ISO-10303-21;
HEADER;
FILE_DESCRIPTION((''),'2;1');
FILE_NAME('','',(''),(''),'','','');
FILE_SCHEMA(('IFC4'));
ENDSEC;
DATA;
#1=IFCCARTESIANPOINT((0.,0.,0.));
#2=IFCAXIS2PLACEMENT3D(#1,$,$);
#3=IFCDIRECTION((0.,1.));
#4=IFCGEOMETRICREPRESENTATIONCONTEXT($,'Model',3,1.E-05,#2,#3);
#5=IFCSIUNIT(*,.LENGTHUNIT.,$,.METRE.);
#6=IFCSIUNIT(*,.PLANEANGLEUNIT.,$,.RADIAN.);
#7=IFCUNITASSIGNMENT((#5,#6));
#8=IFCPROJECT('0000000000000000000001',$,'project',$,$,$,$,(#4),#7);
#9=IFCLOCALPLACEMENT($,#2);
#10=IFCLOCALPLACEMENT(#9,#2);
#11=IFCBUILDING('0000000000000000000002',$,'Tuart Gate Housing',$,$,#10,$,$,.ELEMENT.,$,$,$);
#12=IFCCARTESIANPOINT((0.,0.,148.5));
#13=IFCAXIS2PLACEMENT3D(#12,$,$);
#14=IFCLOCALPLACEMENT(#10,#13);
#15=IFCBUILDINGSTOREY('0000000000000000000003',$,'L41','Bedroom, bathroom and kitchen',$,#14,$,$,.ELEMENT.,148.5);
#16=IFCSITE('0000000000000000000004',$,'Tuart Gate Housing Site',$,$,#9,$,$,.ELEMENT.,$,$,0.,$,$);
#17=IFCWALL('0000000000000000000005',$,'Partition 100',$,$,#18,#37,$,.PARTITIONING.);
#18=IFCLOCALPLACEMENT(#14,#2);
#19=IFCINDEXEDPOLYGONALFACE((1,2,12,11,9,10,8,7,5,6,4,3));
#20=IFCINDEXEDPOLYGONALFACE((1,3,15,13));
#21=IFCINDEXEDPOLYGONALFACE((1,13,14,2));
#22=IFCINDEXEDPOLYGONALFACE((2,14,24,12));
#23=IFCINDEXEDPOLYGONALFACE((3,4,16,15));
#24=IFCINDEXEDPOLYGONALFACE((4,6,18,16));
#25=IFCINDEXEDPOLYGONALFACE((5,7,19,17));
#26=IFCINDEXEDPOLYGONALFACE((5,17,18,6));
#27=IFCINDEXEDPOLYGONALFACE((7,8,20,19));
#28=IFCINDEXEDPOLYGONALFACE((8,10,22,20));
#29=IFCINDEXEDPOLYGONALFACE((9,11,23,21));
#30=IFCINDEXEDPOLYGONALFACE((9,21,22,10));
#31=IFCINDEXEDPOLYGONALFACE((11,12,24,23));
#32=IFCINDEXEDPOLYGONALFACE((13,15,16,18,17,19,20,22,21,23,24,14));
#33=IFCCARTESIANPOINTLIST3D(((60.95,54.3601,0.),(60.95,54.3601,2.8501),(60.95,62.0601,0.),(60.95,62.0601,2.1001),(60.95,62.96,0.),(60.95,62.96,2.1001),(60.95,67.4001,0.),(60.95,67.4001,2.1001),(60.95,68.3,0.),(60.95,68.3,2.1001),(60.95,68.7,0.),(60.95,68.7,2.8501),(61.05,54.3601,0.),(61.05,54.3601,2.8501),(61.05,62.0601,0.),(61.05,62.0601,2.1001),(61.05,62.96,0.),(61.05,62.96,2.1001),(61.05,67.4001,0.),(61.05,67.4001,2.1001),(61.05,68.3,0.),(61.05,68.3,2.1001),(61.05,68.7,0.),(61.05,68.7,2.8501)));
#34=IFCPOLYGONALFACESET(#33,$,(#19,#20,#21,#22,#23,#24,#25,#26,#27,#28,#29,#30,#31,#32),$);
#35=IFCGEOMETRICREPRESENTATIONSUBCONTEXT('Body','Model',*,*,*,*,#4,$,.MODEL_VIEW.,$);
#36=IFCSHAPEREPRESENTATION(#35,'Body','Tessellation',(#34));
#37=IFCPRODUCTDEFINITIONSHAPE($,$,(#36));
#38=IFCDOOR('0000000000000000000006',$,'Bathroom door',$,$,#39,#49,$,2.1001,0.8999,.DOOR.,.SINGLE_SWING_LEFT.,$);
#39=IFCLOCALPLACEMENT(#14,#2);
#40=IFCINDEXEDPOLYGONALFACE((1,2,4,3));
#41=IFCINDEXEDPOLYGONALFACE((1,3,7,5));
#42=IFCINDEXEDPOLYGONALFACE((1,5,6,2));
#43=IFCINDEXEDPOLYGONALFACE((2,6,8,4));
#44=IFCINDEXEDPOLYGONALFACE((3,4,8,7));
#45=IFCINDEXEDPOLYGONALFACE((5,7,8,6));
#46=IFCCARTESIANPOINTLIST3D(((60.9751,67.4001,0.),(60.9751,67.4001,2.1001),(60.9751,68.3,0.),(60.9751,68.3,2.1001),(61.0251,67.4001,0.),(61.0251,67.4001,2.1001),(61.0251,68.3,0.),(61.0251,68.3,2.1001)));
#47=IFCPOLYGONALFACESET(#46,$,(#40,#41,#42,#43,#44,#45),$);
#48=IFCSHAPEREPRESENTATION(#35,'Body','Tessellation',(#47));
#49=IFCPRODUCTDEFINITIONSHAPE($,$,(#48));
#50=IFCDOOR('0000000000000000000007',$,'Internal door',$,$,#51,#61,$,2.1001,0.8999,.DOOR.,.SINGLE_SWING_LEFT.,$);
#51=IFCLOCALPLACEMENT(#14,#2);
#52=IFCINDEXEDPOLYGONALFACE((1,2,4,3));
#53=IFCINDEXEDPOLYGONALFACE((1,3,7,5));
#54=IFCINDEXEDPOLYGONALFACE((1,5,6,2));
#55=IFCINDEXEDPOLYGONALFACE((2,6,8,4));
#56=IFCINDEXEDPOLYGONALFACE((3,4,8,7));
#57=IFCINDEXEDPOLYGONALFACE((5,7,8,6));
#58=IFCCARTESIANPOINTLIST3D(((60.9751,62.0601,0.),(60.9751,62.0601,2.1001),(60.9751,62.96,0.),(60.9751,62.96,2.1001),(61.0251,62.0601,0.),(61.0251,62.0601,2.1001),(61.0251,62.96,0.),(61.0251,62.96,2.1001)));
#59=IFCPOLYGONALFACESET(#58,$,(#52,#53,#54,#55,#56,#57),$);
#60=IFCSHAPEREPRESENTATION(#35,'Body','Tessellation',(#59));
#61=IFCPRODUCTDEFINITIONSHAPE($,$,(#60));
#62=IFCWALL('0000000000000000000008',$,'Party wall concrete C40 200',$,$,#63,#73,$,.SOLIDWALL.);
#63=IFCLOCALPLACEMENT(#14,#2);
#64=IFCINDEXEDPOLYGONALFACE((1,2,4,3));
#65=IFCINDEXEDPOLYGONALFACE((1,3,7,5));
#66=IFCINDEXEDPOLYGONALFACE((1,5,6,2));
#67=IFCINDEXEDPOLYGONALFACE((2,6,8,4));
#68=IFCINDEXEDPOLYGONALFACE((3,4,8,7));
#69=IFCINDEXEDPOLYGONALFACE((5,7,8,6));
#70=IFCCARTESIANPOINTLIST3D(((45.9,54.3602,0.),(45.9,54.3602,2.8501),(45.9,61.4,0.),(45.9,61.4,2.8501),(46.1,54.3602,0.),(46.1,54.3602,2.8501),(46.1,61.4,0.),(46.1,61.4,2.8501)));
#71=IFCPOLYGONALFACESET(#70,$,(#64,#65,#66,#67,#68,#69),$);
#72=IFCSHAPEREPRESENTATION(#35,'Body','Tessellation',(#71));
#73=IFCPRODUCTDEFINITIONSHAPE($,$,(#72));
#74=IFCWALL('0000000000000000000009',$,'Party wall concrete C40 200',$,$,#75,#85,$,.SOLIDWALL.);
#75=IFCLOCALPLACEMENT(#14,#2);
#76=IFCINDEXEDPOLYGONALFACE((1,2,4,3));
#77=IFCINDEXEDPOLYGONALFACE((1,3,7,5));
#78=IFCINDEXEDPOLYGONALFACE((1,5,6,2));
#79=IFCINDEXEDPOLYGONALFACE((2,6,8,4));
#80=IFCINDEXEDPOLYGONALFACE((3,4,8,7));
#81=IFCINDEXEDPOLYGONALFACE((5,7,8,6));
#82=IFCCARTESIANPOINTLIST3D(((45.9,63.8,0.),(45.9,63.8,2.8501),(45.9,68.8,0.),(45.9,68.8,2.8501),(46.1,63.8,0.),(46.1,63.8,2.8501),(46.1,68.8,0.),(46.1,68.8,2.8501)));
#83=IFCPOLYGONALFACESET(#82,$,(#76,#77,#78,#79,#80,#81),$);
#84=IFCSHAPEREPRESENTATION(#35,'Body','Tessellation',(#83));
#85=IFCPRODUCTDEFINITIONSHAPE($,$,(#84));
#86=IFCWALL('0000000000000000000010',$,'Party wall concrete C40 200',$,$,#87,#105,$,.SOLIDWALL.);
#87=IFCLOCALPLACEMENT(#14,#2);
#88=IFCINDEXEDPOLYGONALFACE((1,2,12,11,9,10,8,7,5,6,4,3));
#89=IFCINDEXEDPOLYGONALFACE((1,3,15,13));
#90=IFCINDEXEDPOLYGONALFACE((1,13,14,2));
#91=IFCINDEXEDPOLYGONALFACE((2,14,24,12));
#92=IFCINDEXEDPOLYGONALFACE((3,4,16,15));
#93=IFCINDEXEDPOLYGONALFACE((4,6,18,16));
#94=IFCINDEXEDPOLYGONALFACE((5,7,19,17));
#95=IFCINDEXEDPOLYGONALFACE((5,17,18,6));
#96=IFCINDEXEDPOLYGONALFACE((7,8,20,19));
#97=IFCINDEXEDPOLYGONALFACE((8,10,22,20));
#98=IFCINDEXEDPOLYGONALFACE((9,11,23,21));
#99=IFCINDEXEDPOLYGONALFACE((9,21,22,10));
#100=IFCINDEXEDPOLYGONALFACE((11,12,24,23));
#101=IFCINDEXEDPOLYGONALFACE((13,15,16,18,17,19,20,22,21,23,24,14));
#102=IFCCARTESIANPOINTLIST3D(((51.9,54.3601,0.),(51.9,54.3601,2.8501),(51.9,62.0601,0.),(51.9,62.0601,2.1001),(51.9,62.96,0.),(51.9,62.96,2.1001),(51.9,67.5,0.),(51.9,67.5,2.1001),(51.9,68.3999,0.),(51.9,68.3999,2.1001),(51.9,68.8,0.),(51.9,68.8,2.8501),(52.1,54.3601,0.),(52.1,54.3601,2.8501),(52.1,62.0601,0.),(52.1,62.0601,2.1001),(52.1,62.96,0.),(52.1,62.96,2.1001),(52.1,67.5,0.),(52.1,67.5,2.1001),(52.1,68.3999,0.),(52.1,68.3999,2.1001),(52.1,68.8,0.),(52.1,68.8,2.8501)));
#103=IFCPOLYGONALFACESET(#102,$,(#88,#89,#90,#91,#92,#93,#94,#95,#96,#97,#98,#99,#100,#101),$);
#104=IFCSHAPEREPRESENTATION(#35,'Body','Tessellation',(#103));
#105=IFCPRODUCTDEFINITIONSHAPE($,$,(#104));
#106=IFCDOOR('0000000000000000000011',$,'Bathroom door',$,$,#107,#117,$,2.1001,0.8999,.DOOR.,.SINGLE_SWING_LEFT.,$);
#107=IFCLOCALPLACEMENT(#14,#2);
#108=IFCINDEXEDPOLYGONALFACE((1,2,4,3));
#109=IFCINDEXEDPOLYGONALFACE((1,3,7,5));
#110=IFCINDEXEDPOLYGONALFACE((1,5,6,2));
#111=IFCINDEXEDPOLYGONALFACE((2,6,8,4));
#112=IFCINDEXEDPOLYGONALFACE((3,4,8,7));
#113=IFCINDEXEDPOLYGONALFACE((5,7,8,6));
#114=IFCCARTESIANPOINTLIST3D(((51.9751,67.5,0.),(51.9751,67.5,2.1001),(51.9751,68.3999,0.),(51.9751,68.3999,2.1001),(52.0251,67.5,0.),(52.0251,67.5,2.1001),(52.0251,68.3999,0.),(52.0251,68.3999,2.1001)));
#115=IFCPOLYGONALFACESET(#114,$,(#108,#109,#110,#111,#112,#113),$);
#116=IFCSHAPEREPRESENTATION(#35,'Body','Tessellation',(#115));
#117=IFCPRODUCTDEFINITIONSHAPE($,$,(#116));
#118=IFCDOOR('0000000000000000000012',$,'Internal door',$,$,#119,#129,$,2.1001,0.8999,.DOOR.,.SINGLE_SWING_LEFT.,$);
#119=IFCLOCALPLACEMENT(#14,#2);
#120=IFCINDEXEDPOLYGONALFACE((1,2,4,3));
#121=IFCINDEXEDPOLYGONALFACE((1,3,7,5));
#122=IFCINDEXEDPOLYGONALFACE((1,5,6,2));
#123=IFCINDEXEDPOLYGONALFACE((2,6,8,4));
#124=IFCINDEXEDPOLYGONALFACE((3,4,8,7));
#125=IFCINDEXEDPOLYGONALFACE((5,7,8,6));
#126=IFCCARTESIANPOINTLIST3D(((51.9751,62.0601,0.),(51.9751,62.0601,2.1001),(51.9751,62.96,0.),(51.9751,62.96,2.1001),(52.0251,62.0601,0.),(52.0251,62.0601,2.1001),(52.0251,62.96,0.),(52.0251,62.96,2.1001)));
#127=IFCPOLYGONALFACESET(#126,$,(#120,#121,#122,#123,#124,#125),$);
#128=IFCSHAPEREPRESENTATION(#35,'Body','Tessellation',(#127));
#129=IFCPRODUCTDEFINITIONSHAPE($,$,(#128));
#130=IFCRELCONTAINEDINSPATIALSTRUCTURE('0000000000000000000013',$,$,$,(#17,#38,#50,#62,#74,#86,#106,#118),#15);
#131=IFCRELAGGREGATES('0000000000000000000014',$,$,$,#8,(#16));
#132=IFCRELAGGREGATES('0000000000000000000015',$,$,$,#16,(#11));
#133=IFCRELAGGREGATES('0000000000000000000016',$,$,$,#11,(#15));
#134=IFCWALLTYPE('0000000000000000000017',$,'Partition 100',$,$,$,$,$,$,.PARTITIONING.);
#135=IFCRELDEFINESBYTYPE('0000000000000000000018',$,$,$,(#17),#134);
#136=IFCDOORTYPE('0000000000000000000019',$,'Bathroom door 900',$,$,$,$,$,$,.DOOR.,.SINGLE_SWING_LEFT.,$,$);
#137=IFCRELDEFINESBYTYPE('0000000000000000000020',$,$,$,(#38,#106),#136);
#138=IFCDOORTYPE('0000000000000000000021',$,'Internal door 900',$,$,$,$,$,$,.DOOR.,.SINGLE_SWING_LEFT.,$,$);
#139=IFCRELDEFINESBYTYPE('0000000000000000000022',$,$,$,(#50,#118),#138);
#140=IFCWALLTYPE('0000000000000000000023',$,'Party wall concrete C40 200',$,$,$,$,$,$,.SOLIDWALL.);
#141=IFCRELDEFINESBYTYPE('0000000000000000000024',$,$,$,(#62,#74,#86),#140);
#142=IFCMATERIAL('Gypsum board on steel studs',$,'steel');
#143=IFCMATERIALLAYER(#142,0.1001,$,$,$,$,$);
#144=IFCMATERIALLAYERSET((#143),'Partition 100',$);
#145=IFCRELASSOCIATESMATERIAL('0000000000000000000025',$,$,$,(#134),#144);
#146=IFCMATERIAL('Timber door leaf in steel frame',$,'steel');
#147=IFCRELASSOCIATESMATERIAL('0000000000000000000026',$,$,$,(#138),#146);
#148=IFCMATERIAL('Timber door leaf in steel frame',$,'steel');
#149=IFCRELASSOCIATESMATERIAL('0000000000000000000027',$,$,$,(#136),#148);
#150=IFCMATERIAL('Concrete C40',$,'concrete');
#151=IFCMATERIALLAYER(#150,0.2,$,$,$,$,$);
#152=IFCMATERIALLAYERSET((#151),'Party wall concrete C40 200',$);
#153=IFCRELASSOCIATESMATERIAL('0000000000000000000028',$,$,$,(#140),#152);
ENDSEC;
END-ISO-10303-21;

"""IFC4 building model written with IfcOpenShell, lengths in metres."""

from ifc_helpers import new_model, si_unit, direction, frame, frame_2d, origin, place, context, subcontext, project, spatial, rectangle, extrude, material, layer, layer_set, type_object, element, fill, save


model = new_model("IFC4")

# Units and contexts
model_context = context("Model", 3, precision=1e-05, world=origin(), true_north=direction((0.0, 1.0)))
body_context = subcontext(model_context, "Body", "Model", "MODEL_VIEW")
ifc_project = project(units=[si_unit("LENGTHUNIT", "METRE"), si_unit("PLANEANGLEUNIT", "RADIAN")], contexts=[model_context])

# Site, building, storey
site_placement = place(None, origin())
site = spatial("IfcSite", under=ifc_project, at=site_placement, Name="Tuart Gate Housing Site", CompositionType="ELEMENT", RefElevation=0.0)
building_placement = place(site_placement, origin())
building = spatial("IfcBuilding", under=site, at=building_placement, Name="Tuart Gate Housing", CompositionType="ELEMENT")
storey_placement = place(building_placement, frame((0.0, 0.0, 148.5)))
storey = spatial("IfcBuildingStorey", under=building, at=storey_placement, Name="L41", Description="Bedroom, bathroom and kitchen", CompositionType="ELEMENT", Elevation=148.5)

# Shared definitions
ifc_material_1 = material(Name="Gypsum board on steel studs", Category="steel")
ifc_layer_1 = layer(ifc_material_1, 0.1001)
ifc_layer_set_1 = layer_set([ifc_layer_1], Name="Partition 100")
wall_type_1 = type_object("IfcWallType", Name="Partition 100", PredefinedType="PARTITIONING", material=ifc_layer_set_1)
ifc_material_2 = material(Name="Timber door leaf in steel frame", Category="steel")
door_type_1 = type_object("IfcDoorType", Name="Internal door 900", OperationType="SINGLE_SWING_LEFT", PredefinedType="DOOR", material=ifc_material_2)

# Wall, openings, doors
wall_1_placement = place(storey_placement, frame((61.0, 54.3601, 0.0), z_axis=(0.0, 0.0, 1.0), x_axis=(0.0, 1.0, 0.0)))
wall_1 = element("IfcWall", 1, at=wall_1_placement, inside=storey, type_object=wall_type_1, Name="Partition 100", PredefinedType="PARTITIONING", context=body_context, shape_type="SweptSolid", body=[
    extrude(rectangle(XDim=14.3398, YDim=0.1001, at=frame_2d((7.1699, 0.0))), origin(), (0.0, 0.0, 1.0), 2.8501),
])
opening_1_placement = place(wall_1_placement, frame((7.7, 0.0, 0.0)))
opening_1 = element("IfcOpeningElement", 2, at=opening_1_placement, cuts=wall_1, PredefinedType="OPENING", context=body_context, shape_type="SweptSolid", body=[
    extrude(rectangle(XDim=0.8999, YDim=2.1001, at=frame_2d((0.45, 1.05))), frame((0.0, 0.0601, 0.0), z_axis=(0.0, -1.0, 0.0), x_axis=(1.0, 0.0, 0.0)), (0.0, 0.0, 1.0), 0.1201),
])
opening_2_placement = place(wall_1_placement, frame((13.04, 0.0, 0.0)))
opening_2 = element("IfcOpeningElement", 3, at=opening_2_placement, cuts=wall_1, PredefinedType="OPENING", context=body_context, shape_type="SweptSolid", body=[
    extrude(rectangle(XDim=0.8999, YDim=2.1001, at=frame_2d((0.45, 1.05))), frame((0.0, 0.0601, 0.0), z_axis=(0.0, -1.0, 0.0), x_axis=(1.0, 0.0, 0.0)), (0.0, 0.0, 1.0), 0.1201),
])
ifc_material_3 = material(Name="Timber door leaf in steel frame", Category="steel")
door_type_2 = type_object("IfcDoorType", Name="Bathroom door 900", OperationType="SINGLE_SWING_LEFT", PredefinedType="DOOR", material=ifc_material_3)
door_1_placement = place(opening_2_placement, frame((0.8999, 0.0, 0.0), z_axis=(0.0, 0.0, 1.0), x_axis=(-1.0, 0.0, 0.0)))
door_1 = element("IfcDoor", 4, at=door_1_placement, inside=storey, type_object=door_type_2, Name="Bathroom door", OperationType="SINGLE_SWING_LEFT", OverallHeight=2.1001, OverallWidth=0.8999, PredefinedType="DOOR", context=body_context, shape_type="SweptSolid", body=[
    extrude(rectangle(XDim=0.8999, YDim=2.1001, at=frame_2d((0.45, 1.05))), frame((0.0, 0.0251, 0.0), z_axis=(0.0, -1.0, 0.0), x_axis=(1.0, 0.0, 0.0)), (0.0, 0.0, 1.0), 0.05),
])
fill(opening_2, door_1)
door_2_placement = place(opening_1_placement, frame((0.8999, 0.0, 0.0), z_axis=(0.0, 0.0, 1.0), x_axis=(-1.0, 0.0, 0.0)))
door_2 = element("IfcDoor", 5, at=door_2_placement, inside=storey, type_object=door_type_1, Name="Internal door", OperationType="SINGLE_SWING_LEFT", OverallHeight=2.1001, OverallWidth=0.8999, PredefinedType="DOOR", context=body_context, shape_type="SweptSolid", body=[
    extrude(rectangle(XDim=0.8999, YDim=2.1001, at=frame_2d((0.45, 1.05))), frame((0.0, 0.0251, 0.0), z_axis=(0.0, -1.0, 0.0), x_axis=(1.0, 0.0, 0.0)), (0.0, 0.0, 1.0), 0.05),
])
fill(opening_1, door_2)

# Walls
ifc_material_4 = material(Name="Concrete C40", Category="concrete")
ifc_layer_2 = layer(ifc_material_4, 0.2)
ifc_layer_set_2 = layer_set([ifc_layer_2], Name="Party wall concrete C40 200")
wall_type_2 = type_object("IfcWallType", Name="Party wall concrete C40 200", PredefinedType="SOLIDWALL", material=ifc_layer_set_2)
wall_2_placement = place(storey_placement, frame((46.0, 54.3601, 0.0), z_axis=(0.0, 0.0, 1.0), x_axis=(0.0, 1.0, 0.0)))
element("IfcWall", 6, at=wall_2_placement, inside=storey, type_object=wall_type_2, Name="Party wall concrete C40 200", PredefinedType="SOLIDWALL", context=body_context, shape_type="SweptSolid", body=[
    extrude(rectangle(XDim=7.0398, YDim=0.2, at=frame_2d((3.52, 0.0))), origin(), (0.0, 0.0, 1.0), 2.8501),
])
wall_3_placement = place(storey_placement, frame((46.0, 63.8, 0.0), z_axis=(0.0, 0.0, 1.0), x_axis=(0.0, 1.0, 0.0)))
element("IfcWall", 7, at=wall_3_placement, inside=storey, type_object=wall_type_2, Name="Party wall concrete C40 200", PredefinedType="SOLIDWALL", context=body_context, shape_type="SweptSolid", body=[
    extrude(rectangle(XDim=5.0, YDim=0.2, at=frame_2d((2.5, 0.0))), origin(), (0.0, 0.0, 1.0), 2.8501),
])

# Wall, openings, doors
wall_4_placement = place(storey_placement, frame((52.0, 54.3601, 0.0), z_axis=(0.0, 0.0, 1.0), x_axis=(0.0, 1.0, 0.0)))
wall_4 = element("IfcWall", 8, at=wall_4_placement, inside=storey, type_object=wall_type_2, Name="Party wall concrete C40 200", PredefinedType="SOLIDWALL", context=body_context, shape_type="SweptSolid", body=[
    extrude(rectangle(XDim=14.4399, YDim=0.2, at=frame_2d((7.22, 0.0))), origin(), (0.0, 0.0, 1.0), 2.8501),
])
opening_3_placement = place(wall_4_placement, frame((7.7, 0.0, 0.0)))
opening_3 = element("IfcOpeningElement", 9, at=opening_3_placement, cuts=wall_4, PredefinedType="OPENING", context=body_context, shape_type="SweptSolid", body=[
    extrude(rectangle(XDim=0.8999, YDim=2.1001, at=frame_2d((0.45, 1.05))), frame((0.0, 0.1099, 0.0), z_axis=(0.0, -1.0, 0.0), x_axis=(1.0, 0.0, 0.0)), (0.0, 0.0, 1.0), 0.22),
])
opening_4_placement = place(wall_4_placement, frame((13.1399, 0.0, 0.0)))
opening_4 = element("IfcOpeningElement", 10, at=opening_4_placement, cuts=wall_4, PredefinedType="OPENING", context=body_context, shape_type="SweptSolid", body=[
    extrude(rectangle(XDim=0.8999, YDim=2.1001, at=frame_2d((0.45, 1.05))), frame((0.0, 0.1099, 0.0), z_axis=(0.0, -1.0, 0.0), x_axis=(1.0, 0.0, 0.0)), (0.0, 0.0, 1.0), 0.22),
])
door_3_placement = place(opening_4_placement, frame((0.8999, 0.0, 0.0), z_axis=(0.0, 0.0, 1.0), x_axis=(-1.0, 0.0, 0.0)))
door_3 = element("IfcDoor", 11, at=door_3_placement, inside=storey, type_object=door_type_2, Name="Bathroom door", OperationType="SINGLE_SWING_LEFT", OverallHeight=2.1001, OverallWidth=0.8999, PredefinedType="DOOR", context=body_context, shape_type="SweptSolid", body=[
    extrude(rectangle(XDim=0.8999, YDim=2.1001, at=frame_2d((0.45, 1.05))), frame((0.0, 0.0251, 0.0), z_axis=(0.0, -1.0, 0.0), x_axis=(1.0, 0.0, 0.0)), (0.0, 0.0, 1.0), 0.05),
])
fill(opening_4, door_3)
door_4_placement = place(opening_3_placement, frame((0.8999, 0.0, 0.0), z_axis=(0.0, 0.0, 1.0), x_axis=(-1.0, 0.0, 0.0)))
door_4 = element("IfcDoor", 12, at=door_4_placement, inside=storey, type_object=door_type_1, Name="Internal door", OperationType="SINGLE_SWING_LEFT", OverallHeight=2.1001, OverallWidth=0.8999, PredefinedType="DOOR", context=body_context, shape_type="SweptSolid", body=[
    extrude(rectangle(XDim=0.8999, YDim=2.1001, at=frame_2d((0.45, 1.05))), frame((0.0, 0.0251, 0.0), z_axis=(0.0, -1.0, 0.0), x_axis=(1.0, 0.0, 0.0)), (0.0, 0.0, 1.0), 0.05),
])
fill(opening_3, door_4)

save(model, "model.ifc")
